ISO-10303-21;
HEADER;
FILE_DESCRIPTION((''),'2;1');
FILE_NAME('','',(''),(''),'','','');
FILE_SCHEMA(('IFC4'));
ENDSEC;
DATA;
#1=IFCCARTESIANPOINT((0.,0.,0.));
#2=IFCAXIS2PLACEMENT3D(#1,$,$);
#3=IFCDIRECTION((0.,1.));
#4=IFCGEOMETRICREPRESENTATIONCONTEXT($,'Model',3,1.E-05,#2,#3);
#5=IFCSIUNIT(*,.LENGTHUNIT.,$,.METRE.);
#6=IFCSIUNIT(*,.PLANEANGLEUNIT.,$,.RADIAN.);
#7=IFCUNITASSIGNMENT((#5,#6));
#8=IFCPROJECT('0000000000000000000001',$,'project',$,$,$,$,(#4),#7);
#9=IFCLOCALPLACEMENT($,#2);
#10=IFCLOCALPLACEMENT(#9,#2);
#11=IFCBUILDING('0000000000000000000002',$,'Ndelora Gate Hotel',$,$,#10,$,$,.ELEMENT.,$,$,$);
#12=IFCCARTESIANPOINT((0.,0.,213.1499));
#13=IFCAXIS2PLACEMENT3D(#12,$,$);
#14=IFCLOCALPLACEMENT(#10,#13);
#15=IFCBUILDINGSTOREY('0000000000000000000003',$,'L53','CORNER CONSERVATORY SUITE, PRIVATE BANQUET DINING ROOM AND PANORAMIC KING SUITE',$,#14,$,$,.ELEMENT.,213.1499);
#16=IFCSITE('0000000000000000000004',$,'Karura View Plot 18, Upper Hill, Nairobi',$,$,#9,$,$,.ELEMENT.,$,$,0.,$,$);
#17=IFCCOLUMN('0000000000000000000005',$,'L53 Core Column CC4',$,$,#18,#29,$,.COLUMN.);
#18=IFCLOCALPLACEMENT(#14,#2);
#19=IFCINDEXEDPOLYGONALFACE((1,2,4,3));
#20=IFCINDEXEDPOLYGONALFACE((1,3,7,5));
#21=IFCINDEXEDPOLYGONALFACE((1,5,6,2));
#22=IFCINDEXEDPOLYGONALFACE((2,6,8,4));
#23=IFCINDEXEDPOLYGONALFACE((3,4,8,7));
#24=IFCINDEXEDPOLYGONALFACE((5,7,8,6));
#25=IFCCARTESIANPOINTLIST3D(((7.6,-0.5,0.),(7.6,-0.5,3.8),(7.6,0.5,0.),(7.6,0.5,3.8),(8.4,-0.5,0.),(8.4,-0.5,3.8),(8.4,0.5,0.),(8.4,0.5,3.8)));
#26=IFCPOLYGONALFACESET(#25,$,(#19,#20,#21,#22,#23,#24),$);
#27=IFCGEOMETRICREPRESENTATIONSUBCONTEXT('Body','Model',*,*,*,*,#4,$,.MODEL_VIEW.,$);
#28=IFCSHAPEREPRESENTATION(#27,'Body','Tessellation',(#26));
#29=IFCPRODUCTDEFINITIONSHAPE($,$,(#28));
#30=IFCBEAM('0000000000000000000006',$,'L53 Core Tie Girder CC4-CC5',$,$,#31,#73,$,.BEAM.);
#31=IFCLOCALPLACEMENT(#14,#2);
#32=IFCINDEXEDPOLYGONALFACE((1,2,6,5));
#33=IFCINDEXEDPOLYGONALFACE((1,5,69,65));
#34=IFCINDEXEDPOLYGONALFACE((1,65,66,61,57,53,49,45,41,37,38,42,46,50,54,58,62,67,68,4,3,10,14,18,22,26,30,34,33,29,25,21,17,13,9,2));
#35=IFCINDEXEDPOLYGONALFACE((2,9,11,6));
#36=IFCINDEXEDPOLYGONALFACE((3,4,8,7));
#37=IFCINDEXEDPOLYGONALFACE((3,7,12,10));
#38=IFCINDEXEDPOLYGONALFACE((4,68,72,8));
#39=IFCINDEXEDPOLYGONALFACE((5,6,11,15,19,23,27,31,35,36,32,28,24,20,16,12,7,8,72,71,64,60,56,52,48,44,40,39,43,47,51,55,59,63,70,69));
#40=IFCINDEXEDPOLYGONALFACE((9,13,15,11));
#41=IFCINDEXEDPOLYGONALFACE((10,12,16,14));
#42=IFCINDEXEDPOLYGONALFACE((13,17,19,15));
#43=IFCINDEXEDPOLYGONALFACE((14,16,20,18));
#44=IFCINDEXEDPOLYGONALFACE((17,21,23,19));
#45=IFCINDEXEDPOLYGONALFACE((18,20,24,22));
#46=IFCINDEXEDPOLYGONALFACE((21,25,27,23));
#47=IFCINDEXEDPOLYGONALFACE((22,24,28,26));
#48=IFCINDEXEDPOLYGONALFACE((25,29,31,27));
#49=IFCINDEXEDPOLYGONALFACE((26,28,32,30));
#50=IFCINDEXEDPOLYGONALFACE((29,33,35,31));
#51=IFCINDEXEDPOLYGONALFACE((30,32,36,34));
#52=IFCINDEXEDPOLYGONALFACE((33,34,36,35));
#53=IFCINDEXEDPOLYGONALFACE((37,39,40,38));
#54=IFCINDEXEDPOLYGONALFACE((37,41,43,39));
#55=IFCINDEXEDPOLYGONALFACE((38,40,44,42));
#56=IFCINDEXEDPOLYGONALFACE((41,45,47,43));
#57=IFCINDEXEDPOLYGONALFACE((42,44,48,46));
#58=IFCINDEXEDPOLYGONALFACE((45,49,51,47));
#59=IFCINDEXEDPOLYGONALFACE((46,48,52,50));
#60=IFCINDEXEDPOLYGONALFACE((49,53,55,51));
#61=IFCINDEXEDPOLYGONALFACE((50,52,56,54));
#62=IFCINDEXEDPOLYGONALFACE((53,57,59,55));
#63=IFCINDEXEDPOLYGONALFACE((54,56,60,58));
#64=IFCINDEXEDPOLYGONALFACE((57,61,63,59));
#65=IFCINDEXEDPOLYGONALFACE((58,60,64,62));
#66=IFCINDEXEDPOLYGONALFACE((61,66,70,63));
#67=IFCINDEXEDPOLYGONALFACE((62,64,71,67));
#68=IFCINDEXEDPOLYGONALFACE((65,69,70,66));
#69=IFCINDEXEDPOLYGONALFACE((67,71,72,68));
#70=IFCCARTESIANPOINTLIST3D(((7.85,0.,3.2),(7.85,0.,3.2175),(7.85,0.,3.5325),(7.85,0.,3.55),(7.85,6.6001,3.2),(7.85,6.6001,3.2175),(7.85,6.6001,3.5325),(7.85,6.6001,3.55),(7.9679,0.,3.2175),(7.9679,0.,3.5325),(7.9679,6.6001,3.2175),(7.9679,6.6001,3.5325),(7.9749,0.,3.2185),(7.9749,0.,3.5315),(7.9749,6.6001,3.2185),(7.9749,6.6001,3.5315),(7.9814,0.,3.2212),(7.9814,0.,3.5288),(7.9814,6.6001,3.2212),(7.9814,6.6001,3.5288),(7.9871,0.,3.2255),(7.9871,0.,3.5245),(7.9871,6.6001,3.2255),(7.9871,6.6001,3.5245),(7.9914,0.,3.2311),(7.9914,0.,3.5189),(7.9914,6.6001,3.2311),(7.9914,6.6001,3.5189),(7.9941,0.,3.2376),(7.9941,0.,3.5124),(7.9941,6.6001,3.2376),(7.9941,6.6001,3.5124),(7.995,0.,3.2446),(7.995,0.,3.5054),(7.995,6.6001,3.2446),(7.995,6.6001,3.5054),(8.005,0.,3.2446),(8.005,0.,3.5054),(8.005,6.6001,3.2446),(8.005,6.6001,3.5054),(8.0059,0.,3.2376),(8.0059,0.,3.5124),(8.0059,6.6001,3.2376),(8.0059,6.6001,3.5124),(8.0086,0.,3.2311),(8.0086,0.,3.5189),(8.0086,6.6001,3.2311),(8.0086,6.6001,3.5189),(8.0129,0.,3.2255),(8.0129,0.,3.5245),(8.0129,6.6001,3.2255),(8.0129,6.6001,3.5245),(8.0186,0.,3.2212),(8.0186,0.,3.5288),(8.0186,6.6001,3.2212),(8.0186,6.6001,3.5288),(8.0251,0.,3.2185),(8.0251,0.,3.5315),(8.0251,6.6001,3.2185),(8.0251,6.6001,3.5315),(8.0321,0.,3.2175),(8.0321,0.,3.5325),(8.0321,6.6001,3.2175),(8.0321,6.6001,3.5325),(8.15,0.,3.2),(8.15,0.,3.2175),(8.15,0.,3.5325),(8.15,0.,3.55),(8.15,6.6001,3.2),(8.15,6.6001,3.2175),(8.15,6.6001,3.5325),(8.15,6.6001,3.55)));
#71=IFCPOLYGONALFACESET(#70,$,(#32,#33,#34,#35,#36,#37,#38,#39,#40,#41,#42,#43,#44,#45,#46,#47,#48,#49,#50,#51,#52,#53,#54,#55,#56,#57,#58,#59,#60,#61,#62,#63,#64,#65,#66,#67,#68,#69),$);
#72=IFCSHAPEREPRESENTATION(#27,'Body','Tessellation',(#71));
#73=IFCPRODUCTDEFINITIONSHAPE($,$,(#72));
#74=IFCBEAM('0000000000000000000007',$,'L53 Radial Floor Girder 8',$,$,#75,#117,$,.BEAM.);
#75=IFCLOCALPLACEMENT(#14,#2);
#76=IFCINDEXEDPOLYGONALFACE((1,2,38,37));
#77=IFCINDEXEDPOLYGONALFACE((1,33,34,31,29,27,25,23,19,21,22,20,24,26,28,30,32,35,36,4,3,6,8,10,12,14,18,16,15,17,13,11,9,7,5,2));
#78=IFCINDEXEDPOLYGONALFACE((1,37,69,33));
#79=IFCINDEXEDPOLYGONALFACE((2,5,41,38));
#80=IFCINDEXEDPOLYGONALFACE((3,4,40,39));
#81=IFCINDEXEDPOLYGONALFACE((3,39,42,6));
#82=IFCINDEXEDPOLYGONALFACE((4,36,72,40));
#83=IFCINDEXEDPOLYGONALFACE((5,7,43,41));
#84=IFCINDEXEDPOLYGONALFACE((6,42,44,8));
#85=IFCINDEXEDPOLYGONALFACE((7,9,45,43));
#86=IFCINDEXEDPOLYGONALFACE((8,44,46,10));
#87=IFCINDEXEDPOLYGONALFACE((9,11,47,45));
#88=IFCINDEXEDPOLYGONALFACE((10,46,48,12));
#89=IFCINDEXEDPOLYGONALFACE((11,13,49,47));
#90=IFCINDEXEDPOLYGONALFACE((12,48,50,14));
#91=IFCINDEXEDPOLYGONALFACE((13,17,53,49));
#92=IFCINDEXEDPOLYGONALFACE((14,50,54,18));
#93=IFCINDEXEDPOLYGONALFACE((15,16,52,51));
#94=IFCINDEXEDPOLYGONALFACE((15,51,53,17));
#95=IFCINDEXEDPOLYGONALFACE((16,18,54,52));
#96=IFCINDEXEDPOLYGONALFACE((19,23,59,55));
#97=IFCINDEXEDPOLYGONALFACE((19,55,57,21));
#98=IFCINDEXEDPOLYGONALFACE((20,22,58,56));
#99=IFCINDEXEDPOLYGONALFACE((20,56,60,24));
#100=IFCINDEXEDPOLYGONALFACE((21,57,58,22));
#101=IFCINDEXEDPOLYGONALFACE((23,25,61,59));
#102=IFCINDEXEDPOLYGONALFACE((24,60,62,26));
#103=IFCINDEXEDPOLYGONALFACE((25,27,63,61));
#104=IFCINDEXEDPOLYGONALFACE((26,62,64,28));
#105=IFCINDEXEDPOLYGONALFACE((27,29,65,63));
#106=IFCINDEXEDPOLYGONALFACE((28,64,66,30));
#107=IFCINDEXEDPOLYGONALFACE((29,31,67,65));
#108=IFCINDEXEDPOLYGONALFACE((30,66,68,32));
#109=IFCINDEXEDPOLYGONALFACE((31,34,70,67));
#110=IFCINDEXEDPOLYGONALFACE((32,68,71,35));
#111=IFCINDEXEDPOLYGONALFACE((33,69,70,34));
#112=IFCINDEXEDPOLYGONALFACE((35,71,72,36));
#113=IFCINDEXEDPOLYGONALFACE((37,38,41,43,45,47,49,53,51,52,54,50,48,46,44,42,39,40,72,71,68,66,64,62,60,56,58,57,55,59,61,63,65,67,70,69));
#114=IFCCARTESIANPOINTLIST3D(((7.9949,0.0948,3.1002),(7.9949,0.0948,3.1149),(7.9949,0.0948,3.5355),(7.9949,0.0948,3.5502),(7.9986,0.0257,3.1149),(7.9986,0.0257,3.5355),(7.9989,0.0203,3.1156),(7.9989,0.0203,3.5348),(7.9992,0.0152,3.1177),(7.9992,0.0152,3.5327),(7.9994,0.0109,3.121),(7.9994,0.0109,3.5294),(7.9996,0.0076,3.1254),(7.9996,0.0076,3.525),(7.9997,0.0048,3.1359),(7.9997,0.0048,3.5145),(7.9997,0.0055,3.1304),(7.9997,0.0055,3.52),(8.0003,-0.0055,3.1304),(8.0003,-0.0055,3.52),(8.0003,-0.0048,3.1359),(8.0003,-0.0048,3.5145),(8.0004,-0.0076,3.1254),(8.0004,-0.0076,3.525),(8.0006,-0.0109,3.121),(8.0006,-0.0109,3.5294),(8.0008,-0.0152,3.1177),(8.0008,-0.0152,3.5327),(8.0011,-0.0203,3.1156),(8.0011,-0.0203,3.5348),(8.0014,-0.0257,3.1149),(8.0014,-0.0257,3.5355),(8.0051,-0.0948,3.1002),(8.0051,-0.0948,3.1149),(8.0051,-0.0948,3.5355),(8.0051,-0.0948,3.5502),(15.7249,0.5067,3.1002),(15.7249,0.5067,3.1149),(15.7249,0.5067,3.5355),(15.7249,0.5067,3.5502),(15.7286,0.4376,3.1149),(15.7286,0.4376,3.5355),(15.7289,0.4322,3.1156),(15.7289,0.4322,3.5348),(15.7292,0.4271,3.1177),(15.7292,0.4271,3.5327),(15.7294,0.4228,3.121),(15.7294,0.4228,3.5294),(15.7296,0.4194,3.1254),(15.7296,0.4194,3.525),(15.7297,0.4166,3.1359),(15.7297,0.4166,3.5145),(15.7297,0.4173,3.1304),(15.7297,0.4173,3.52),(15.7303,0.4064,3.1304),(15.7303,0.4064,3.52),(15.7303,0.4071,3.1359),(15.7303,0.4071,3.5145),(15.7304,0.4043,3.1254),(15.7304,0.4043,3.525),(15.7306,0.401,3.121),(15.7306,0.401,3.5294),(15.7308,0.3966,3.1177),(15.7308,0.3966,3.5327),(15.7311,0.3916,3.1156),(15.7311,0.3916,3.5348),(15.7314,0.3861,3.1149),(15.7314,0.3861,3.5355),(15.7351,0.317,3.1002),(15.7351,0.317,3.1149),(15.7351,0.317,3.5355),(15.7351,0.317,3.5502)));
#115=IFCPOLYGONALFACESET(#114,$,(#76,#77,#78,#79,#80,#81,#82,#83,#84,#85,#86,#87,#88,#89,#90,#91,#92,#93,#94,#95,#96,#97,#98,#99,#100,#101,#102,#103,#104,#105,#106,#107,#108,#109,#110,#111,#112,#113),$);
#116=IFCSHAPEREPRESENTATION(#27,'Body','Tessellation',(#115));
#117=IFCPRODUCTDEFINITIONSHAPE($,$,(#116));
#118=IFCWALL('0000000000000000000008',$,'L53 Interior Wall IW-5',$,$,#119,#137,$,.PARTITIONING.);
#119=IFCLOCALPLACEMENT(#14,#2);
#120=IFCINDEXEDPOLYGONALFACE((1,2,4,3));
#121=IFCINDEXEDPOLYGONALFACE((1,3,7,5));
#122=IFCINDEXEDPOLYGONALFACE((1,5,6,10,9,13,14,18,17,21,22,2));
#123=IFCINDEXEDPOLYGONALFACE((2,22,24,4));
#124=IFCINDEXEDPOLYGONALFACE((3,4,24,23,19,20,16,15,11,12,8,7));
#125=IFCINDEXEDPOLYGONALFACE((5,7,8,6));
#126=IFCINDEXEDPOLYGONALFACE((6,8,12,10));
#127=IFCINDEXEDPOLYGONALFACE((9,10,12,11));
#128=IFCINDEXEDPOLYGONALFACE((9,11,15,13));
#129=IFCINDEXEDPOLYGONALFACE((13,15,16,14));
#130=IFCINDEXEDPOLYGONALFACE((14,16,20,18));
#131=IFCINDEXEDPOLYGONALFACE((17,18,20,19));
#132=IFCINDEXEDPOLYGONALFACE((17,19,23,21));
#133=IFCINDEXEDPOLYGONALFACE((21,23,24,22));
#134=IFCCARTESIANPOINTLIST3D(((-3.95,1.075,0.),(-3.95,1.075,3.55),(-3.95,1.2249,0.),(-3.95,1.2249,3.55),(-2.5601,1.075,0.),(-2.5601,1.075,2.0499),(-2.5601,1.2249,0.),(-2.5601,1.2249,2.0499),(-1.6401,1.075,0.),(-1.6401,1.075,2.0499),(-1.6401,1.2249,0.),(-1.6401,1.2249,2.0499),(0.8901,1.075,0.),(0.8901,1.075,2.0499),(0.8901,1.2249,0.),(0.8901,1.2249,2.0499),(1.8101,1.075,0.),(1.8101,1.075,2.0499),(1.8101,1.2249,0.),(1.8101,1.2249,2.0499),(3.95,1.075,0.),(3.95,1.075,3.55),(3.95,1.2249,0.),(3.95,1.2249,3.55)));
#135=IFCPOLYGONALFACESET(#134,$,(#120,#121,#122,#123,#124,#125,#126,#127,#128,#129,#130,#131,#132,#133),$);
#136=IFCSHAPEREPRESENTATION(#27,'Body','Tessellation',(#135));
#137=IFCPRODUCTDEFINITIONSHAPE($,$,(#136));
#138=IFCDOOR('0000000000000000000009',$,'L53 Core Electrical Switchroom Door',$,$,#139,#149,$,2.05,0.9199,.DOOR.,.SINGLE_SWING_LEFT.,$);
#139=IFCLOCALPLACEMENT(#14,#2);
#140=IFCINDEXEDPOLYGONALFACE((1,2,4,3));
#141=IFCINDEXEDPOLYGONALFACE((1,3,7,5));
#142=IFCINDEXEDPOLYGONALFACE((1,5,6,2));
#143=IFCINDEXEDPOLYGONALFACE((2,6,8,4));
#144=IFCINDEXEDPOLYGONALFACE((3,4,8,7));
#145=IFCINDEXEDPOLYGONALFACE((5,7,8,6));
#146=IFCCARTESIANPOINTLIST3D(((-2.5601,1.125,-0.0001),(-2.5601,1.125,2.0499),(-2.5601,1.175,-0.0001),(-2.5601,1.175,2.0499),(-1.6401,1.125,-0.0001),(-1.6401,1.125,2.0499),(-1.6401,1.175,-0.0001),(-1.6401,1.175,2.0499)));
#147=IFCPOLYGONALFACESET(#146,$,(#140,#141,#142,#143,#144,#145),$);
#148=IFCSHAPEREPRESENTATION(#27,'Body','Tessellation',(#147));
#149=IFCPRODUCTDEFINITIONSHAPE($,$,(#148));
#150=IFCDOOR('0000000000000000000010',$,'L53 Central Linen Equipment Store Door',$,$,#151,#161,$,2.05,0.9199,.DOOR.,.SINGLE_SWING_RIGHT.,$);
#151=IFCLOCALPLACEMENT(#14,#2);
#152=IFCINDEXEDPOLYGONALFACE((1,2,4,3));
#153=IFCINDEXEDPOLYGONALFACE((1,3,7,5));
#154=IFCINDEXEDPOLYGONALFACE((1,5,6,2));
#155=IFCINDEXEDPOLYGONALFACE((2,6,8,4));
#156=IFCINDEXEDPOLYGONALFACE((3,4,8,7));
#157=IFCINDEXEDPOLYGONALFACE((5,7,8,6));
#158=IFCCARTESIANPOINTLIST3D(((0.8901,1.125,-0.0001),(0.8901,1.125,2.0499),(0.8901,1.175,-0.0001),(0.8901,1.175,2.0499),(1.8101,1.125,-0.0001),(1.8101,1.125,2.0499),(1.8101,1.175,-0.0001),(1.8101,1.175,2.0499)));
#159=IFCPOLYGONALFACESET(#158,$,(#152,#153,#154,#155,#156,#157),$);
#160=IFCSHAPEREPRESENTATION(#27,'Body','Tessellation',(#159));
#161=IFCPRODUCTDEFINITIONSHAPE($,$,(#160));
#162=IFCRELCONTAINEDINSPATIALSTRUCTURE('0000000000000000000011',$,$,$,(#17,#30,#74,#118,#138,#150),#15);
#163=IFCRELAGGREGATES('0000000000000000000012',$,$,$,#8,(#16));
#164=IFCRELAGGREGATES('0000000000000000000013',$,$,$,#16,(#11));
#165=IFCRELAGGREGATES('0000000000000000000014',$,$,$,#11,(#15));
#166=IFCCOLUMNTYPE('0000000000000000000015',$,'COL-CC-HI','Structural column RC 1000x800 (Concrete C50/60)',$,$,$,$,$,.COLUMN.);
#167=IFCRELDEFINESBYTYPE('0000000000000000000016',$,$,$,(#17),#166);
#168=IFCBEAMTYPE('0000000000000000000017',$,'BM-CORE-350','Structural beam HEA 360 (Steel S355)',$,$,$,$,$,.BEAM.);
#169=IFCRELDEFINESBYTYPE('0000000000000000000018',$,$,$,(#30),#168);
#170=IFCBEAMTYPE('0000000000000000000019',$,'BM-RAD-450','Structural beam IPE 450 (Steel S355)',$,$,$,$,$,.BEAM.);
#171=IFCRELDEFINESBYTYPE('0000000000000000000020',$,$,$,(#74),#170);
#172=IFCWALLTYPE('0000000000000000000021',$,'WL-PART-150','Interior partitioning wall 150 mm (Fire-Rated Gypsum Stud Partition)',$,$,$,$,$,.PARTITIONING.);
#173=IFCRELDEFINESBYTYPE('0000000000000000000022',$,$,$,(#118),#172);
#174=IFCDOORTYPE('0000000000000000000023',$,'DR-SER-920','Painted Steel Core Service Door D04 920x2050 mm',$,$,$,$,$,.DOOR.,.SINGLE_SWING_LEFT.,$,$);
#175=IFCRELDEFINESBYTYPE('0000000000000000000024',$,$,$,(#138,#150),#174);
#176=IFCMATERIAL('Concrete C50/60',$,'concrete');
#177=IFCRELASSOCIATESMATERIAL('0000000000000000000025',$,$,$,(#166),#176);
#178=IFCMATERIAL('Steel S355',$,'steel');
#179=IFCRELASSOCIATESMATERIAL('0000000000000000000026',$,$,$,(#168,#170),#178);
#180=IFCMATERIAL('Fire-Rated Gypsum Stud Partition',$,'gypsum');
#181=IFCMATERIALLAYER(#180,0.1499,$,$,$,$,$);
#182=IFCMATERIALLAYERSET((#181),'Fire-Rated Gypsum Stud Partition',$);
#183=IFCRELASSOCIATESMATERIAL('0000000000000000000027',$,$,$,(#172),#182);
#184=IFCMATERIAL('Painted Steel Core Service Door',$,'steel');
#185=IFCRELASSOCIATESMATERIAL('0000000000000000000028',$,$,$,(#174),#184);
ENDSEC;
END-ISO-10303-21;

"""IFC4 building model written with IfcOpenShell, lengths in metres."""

from ifc_helpers import new_model, si_unit, direction, frame, frame_2d, origin, origin_2d, place, context, subcontext, project, spatial, rectangle, i_section, extrude, material, layer, layer_set, material_profile, profile_set, type_object, element, fill, save


model = new_model("IFC4")

# Units and contexts
model_context = context("Model", 3, precision=1e-05, world=origin(), true_north=direction((0.0, 1.0)))
body_context = subcontext(model_context, "Body", "Model", "MODEL_VIEW")
ifc_project = project(units=[si_unit("LENGTHUNIT", "METRE"), si_unit("PLANEANGLEUNIT", "RADIAN")], contexts=[model_context])

# Site, building, storey
site_placement = place(None, origin())
site = spatial("IfcSite", under=ifc_project, at=site_placement, Name="Karura View Plot 18, Upper Hill, Nairobi", CompositionType="ELEMENT", RefElevation=0.0)
building_placement = place(site_placement, origin())
building = spatial("IfcBuilding", under=site, at=building_placement, Name="Ndelora Gate Hotel", CompositionType="ELEMENT")
storey_placement = place(building_placement, frame((0.0, 0.0, 213.1499)))
storey = spatial("IfcBuildingStorey", under=building, at=storey_placement, Name="L53", Description="CORNER CONSERVATORY SUITE, PRIVATE BANQUET DINING ROOM AND PANORAMIC KING SUITE", CompositionType="ELEMENT", Elevation=213.1499)

# Column
ifc_material_1 = material(Name="Concrete C50/60", Category="concrete")
ifc_material_profile_1 = material_profile(ifc_material_1, rectangle(XDim=0.8, YDim=1.0, at=origin_2d()), Name="RC 1000x800")
ifc_profile_set_1 = profile_set([ifc_material_profile_1], Name="Concrete C50/60")
column_type = type_object("IfcColumnType", Name="COL-CC-HI", Description="Structural column RC 1000x800 (Concrete C50/60)", PredefinedType="COLUMN", material=ifc_profile_set_1)
column_placement = place(storey_placement, frame((8.0, 0.0, 0.0), z_axis=(0.0, 0.0, 1.0), x_axis=(1.0, 0.0, 0.0)))
element("IfcColumn", 1, at=column_placement, inside=storey, type_object=column_type, Name="L53 Core Column CC4", PredefinedType="COLUMN", context=body_context, shape_type="SweptSolid", body=[
    extrude(rectangle(XDim=0.8, YDim=1.0, at=origin_2d()), origin(), (0.0, 0.0, 1.0), 3.8),
])

# Beams
ifc_material_2 = material(Name="Steel S355", Category="steel")
ifc_material_profile_2 = material_profile(ifc_material_2, i_section(OverallWidth=0.3, OverallDepth=0.3501, WebThickness=0.01, FlangeThickness=0.0176, FilletRadius=0.0271, at=origin_2d()), Name="HEA 360")
ifc_profile_set_2 = profile_set([ifc_material_profile_2], Name="Steel S355")
beam_type_1 = type_object("IfcBeamType", Name="BM-CORE-350", Description="Structural beam HEA 360 (Steel S355)", PredefinedType="BEAM", material=ifc_profile_set_2)
beam_1_placement = place(storey_placement, frame((8.0, 0.0, 3.375), z_axis=(0.0, 1.0, 0.0), x_axis=(-1.0, 0.0, 0.0)))
element("IfcBeam", 2, at=beam_1_placement, inside=storey, type_object=beam_type_1, Name="L53 Core Tie Girder CC4-CC5", PredefinedType="BEAM", context=body_context, shape_type="SweptSolid", body=[
    extrude(i_section(OverallWidth=0.3, OverallDepth=0.3501, WebThickness=0.01, FlangeThickness=0.0176, FilletRadius=0.0271, at=origin_2d()), origin(), (0.0, 0.0, 1.0), 6.6001),
])
ifc_material_profile_3 = material_profile(ifc_material_2, i_section(OverallWidth=0.1899, OverallDepth=0.45, WebThickness=0.0095, FlangeThickness=0.0146, FilletRadius=0.021, at=origin_2d()), Name="IPE 450")
ifc_profile_set_3 = profile_set([ifc_material_profile_3], Name="Steel S355")
beam_type_2 = type_object("IfcBeamType", Name="BM-RAD-450", Description="Structural beam IPE 450 (Steel S355)", PredefinedType="BEAM", material=ifc_profile_set_3)
beam_2_placement = place(storey_placement, frame((8.0, 0.0, 3.3252), z_axis=(0.998584, 0.053206, 0.0), x_axis=(-0.053206, 0.998584, 0.0)))
element("IfcBeam", 3, at=beam_2_placement, inside=storey, type_object=beam_type_2, Name="L53 Radial Floor Girder 8", PredefinedType="BEAM", context=body_context, shape_type="SweptSolid", body=[
    extrude(i_section(OverallWidth=0.1899, OverallDepth=0.45, WebThickness=0.0095, FlangeThickness=0.0146, FilletRadius=0.021, at=origin_2d()), origin(), (0.0, 0.0, 1.0), 7.741),
])

# Wall, openings, doors
ifc_material_3 = material(Name="Fire-Rated Gypsum Stud Partition", Category="gypsum")
ifc_layer_1 = layer(ifc_material_3, 0.1499)
ifc_layer_set_1 = layer_set([ifc_layer_1], Name="Fire-Rated Gypsum Stud Partition")
wall_type_1 = type_object("IfcWallType", Name="WL-PART-150", Description="Interior partitioning wall 150 mm (Fire-Rated Gypsum Stud Partition)", PredefinedType="PARTITIONING", material=ifc_layer_set_1)
wall_1_placement = place(storey_placement, frame((3.95, 1.1499, 0.0), z_axis=(0.0, 0.0, 1.0), x_axis=(-1.0, 0.0, 0.0)))
wall_1 = element("IfcWall", 4, at=wall_1_placement, inside=storey, type_object=wall_type_1, Name="L53 Interior Wall IW-5", PredefinedType="PARTITIONING", context=body_context, shape_type="SweptSolid", body=[
    extrude(rectangle(XDim=7.8999, YDim=0.1499, at=frame_2d((3.95, 0.0))), origin(), (0.0, 0.0, 1.0), 3.55),
])
opening_1_placement = place(wall_1_placement, frame((5.5901, 0.0, 0.0)))
opening_1 = element("IfcOpeningElement", 5, at=opening_1_placement, cuts=wall_1, PredefinedType="OPENING", context=body_context, shape_type="SweptSolid", body=[
    extrude(rectangle(XDim=0.9199, YDim=2.05, at=frame_2d((0.46, 1.0249))), frame((0.0, 0.085, 0.0), z_axis=(0.0, -1.0, 0.0), x_axis=(1.0, 0.0, 0.0)), (0.0, 0.0, 1.0), 0.1699),
])
opening_2_placement = place(wall_1_placement, frame((2.1399, 0.0, 0.0)))
opening_2 = element("IfcOpeningElement", 6, at=opening_2_placement, cuts=wall_1, PredefinedType="OPENING", context=body_context, shape_type="SweptSolid", body=[
    extrude(rectangle(XDim=0.9199, YDim=2.05, at=frame_2d((0.46, 1.0249))), frame((0.0, 0.085, 0.0), z_axis=(0.0, -1.0, 0.0), x_axis=(1.0, 0.0, 0.0)), (0.0, 0.0, 1.0), 0.1699),
])
ifc_material_4 = material(Name="Painted Steel Core Service Door", Category="steel")
door_type_1 = type_object("IfcDoorType", Name="DR-SER-920", Description="Painted Steel Core Service Door D04 920x2050 mm", OperationType="SINGLE_SWING_LEFT", PredefinedType="DOOR", material=ifc_material_4)
door_1_placement = place(opening_1_placement, origin())
door_1 = element("IfcDoor", 7, at=door_1_placement, inside=storey, type_object=door_type_1, Name="L53 Core Electrical Switchroom Door", OperationType="SINGLE_SWING_LEFT", OverallHeight=2.05, OverallWidth=0.9199, PredefinedType="DOOR", context=body_context, shape_type="SweptSolid", body=[
    extrude(rectangle(XDim=0.9199, YDim=2.05, at=frame_2d((0.46, 1.0249))), frame((0.0, 0.0249, 0.0), z_axis=(0.0, -1.0, 0.0), x_axis=(1.0, 0.0, 0.0)), (0.0, 0.0, 1.0), 0.05),
])
fill(opening_1, door_1)
door_2_placement = place(opening_2_placement, origin())
door_2 = element("IfcDoor", 8, at=door_2_placement, inside=storey, type_object=door_type_1, Name="L53 Central Linen Equipment Store Door", OperationType="SINGLE_SWING_RIGHT", OverallHeight=2.05, OverallWidth=0.9199, PredefinedType="DOOR", context=body_context, shape_type="SweptSolid", body=[
    extrude(rectangle(XDim=0.9199, YDim=2.05, at=frame_2d((0.46, 1.0249))), frame((0.0, 0.0249, 0.0), z_axis=(0.0, -1.0, 0.0), x_axis=(1.0, 0.0, 0.0)), (0.0, 0.0, 1.0), 0.05),
])
fill(opening_2, door_2)

save(model, "model.ifc")
